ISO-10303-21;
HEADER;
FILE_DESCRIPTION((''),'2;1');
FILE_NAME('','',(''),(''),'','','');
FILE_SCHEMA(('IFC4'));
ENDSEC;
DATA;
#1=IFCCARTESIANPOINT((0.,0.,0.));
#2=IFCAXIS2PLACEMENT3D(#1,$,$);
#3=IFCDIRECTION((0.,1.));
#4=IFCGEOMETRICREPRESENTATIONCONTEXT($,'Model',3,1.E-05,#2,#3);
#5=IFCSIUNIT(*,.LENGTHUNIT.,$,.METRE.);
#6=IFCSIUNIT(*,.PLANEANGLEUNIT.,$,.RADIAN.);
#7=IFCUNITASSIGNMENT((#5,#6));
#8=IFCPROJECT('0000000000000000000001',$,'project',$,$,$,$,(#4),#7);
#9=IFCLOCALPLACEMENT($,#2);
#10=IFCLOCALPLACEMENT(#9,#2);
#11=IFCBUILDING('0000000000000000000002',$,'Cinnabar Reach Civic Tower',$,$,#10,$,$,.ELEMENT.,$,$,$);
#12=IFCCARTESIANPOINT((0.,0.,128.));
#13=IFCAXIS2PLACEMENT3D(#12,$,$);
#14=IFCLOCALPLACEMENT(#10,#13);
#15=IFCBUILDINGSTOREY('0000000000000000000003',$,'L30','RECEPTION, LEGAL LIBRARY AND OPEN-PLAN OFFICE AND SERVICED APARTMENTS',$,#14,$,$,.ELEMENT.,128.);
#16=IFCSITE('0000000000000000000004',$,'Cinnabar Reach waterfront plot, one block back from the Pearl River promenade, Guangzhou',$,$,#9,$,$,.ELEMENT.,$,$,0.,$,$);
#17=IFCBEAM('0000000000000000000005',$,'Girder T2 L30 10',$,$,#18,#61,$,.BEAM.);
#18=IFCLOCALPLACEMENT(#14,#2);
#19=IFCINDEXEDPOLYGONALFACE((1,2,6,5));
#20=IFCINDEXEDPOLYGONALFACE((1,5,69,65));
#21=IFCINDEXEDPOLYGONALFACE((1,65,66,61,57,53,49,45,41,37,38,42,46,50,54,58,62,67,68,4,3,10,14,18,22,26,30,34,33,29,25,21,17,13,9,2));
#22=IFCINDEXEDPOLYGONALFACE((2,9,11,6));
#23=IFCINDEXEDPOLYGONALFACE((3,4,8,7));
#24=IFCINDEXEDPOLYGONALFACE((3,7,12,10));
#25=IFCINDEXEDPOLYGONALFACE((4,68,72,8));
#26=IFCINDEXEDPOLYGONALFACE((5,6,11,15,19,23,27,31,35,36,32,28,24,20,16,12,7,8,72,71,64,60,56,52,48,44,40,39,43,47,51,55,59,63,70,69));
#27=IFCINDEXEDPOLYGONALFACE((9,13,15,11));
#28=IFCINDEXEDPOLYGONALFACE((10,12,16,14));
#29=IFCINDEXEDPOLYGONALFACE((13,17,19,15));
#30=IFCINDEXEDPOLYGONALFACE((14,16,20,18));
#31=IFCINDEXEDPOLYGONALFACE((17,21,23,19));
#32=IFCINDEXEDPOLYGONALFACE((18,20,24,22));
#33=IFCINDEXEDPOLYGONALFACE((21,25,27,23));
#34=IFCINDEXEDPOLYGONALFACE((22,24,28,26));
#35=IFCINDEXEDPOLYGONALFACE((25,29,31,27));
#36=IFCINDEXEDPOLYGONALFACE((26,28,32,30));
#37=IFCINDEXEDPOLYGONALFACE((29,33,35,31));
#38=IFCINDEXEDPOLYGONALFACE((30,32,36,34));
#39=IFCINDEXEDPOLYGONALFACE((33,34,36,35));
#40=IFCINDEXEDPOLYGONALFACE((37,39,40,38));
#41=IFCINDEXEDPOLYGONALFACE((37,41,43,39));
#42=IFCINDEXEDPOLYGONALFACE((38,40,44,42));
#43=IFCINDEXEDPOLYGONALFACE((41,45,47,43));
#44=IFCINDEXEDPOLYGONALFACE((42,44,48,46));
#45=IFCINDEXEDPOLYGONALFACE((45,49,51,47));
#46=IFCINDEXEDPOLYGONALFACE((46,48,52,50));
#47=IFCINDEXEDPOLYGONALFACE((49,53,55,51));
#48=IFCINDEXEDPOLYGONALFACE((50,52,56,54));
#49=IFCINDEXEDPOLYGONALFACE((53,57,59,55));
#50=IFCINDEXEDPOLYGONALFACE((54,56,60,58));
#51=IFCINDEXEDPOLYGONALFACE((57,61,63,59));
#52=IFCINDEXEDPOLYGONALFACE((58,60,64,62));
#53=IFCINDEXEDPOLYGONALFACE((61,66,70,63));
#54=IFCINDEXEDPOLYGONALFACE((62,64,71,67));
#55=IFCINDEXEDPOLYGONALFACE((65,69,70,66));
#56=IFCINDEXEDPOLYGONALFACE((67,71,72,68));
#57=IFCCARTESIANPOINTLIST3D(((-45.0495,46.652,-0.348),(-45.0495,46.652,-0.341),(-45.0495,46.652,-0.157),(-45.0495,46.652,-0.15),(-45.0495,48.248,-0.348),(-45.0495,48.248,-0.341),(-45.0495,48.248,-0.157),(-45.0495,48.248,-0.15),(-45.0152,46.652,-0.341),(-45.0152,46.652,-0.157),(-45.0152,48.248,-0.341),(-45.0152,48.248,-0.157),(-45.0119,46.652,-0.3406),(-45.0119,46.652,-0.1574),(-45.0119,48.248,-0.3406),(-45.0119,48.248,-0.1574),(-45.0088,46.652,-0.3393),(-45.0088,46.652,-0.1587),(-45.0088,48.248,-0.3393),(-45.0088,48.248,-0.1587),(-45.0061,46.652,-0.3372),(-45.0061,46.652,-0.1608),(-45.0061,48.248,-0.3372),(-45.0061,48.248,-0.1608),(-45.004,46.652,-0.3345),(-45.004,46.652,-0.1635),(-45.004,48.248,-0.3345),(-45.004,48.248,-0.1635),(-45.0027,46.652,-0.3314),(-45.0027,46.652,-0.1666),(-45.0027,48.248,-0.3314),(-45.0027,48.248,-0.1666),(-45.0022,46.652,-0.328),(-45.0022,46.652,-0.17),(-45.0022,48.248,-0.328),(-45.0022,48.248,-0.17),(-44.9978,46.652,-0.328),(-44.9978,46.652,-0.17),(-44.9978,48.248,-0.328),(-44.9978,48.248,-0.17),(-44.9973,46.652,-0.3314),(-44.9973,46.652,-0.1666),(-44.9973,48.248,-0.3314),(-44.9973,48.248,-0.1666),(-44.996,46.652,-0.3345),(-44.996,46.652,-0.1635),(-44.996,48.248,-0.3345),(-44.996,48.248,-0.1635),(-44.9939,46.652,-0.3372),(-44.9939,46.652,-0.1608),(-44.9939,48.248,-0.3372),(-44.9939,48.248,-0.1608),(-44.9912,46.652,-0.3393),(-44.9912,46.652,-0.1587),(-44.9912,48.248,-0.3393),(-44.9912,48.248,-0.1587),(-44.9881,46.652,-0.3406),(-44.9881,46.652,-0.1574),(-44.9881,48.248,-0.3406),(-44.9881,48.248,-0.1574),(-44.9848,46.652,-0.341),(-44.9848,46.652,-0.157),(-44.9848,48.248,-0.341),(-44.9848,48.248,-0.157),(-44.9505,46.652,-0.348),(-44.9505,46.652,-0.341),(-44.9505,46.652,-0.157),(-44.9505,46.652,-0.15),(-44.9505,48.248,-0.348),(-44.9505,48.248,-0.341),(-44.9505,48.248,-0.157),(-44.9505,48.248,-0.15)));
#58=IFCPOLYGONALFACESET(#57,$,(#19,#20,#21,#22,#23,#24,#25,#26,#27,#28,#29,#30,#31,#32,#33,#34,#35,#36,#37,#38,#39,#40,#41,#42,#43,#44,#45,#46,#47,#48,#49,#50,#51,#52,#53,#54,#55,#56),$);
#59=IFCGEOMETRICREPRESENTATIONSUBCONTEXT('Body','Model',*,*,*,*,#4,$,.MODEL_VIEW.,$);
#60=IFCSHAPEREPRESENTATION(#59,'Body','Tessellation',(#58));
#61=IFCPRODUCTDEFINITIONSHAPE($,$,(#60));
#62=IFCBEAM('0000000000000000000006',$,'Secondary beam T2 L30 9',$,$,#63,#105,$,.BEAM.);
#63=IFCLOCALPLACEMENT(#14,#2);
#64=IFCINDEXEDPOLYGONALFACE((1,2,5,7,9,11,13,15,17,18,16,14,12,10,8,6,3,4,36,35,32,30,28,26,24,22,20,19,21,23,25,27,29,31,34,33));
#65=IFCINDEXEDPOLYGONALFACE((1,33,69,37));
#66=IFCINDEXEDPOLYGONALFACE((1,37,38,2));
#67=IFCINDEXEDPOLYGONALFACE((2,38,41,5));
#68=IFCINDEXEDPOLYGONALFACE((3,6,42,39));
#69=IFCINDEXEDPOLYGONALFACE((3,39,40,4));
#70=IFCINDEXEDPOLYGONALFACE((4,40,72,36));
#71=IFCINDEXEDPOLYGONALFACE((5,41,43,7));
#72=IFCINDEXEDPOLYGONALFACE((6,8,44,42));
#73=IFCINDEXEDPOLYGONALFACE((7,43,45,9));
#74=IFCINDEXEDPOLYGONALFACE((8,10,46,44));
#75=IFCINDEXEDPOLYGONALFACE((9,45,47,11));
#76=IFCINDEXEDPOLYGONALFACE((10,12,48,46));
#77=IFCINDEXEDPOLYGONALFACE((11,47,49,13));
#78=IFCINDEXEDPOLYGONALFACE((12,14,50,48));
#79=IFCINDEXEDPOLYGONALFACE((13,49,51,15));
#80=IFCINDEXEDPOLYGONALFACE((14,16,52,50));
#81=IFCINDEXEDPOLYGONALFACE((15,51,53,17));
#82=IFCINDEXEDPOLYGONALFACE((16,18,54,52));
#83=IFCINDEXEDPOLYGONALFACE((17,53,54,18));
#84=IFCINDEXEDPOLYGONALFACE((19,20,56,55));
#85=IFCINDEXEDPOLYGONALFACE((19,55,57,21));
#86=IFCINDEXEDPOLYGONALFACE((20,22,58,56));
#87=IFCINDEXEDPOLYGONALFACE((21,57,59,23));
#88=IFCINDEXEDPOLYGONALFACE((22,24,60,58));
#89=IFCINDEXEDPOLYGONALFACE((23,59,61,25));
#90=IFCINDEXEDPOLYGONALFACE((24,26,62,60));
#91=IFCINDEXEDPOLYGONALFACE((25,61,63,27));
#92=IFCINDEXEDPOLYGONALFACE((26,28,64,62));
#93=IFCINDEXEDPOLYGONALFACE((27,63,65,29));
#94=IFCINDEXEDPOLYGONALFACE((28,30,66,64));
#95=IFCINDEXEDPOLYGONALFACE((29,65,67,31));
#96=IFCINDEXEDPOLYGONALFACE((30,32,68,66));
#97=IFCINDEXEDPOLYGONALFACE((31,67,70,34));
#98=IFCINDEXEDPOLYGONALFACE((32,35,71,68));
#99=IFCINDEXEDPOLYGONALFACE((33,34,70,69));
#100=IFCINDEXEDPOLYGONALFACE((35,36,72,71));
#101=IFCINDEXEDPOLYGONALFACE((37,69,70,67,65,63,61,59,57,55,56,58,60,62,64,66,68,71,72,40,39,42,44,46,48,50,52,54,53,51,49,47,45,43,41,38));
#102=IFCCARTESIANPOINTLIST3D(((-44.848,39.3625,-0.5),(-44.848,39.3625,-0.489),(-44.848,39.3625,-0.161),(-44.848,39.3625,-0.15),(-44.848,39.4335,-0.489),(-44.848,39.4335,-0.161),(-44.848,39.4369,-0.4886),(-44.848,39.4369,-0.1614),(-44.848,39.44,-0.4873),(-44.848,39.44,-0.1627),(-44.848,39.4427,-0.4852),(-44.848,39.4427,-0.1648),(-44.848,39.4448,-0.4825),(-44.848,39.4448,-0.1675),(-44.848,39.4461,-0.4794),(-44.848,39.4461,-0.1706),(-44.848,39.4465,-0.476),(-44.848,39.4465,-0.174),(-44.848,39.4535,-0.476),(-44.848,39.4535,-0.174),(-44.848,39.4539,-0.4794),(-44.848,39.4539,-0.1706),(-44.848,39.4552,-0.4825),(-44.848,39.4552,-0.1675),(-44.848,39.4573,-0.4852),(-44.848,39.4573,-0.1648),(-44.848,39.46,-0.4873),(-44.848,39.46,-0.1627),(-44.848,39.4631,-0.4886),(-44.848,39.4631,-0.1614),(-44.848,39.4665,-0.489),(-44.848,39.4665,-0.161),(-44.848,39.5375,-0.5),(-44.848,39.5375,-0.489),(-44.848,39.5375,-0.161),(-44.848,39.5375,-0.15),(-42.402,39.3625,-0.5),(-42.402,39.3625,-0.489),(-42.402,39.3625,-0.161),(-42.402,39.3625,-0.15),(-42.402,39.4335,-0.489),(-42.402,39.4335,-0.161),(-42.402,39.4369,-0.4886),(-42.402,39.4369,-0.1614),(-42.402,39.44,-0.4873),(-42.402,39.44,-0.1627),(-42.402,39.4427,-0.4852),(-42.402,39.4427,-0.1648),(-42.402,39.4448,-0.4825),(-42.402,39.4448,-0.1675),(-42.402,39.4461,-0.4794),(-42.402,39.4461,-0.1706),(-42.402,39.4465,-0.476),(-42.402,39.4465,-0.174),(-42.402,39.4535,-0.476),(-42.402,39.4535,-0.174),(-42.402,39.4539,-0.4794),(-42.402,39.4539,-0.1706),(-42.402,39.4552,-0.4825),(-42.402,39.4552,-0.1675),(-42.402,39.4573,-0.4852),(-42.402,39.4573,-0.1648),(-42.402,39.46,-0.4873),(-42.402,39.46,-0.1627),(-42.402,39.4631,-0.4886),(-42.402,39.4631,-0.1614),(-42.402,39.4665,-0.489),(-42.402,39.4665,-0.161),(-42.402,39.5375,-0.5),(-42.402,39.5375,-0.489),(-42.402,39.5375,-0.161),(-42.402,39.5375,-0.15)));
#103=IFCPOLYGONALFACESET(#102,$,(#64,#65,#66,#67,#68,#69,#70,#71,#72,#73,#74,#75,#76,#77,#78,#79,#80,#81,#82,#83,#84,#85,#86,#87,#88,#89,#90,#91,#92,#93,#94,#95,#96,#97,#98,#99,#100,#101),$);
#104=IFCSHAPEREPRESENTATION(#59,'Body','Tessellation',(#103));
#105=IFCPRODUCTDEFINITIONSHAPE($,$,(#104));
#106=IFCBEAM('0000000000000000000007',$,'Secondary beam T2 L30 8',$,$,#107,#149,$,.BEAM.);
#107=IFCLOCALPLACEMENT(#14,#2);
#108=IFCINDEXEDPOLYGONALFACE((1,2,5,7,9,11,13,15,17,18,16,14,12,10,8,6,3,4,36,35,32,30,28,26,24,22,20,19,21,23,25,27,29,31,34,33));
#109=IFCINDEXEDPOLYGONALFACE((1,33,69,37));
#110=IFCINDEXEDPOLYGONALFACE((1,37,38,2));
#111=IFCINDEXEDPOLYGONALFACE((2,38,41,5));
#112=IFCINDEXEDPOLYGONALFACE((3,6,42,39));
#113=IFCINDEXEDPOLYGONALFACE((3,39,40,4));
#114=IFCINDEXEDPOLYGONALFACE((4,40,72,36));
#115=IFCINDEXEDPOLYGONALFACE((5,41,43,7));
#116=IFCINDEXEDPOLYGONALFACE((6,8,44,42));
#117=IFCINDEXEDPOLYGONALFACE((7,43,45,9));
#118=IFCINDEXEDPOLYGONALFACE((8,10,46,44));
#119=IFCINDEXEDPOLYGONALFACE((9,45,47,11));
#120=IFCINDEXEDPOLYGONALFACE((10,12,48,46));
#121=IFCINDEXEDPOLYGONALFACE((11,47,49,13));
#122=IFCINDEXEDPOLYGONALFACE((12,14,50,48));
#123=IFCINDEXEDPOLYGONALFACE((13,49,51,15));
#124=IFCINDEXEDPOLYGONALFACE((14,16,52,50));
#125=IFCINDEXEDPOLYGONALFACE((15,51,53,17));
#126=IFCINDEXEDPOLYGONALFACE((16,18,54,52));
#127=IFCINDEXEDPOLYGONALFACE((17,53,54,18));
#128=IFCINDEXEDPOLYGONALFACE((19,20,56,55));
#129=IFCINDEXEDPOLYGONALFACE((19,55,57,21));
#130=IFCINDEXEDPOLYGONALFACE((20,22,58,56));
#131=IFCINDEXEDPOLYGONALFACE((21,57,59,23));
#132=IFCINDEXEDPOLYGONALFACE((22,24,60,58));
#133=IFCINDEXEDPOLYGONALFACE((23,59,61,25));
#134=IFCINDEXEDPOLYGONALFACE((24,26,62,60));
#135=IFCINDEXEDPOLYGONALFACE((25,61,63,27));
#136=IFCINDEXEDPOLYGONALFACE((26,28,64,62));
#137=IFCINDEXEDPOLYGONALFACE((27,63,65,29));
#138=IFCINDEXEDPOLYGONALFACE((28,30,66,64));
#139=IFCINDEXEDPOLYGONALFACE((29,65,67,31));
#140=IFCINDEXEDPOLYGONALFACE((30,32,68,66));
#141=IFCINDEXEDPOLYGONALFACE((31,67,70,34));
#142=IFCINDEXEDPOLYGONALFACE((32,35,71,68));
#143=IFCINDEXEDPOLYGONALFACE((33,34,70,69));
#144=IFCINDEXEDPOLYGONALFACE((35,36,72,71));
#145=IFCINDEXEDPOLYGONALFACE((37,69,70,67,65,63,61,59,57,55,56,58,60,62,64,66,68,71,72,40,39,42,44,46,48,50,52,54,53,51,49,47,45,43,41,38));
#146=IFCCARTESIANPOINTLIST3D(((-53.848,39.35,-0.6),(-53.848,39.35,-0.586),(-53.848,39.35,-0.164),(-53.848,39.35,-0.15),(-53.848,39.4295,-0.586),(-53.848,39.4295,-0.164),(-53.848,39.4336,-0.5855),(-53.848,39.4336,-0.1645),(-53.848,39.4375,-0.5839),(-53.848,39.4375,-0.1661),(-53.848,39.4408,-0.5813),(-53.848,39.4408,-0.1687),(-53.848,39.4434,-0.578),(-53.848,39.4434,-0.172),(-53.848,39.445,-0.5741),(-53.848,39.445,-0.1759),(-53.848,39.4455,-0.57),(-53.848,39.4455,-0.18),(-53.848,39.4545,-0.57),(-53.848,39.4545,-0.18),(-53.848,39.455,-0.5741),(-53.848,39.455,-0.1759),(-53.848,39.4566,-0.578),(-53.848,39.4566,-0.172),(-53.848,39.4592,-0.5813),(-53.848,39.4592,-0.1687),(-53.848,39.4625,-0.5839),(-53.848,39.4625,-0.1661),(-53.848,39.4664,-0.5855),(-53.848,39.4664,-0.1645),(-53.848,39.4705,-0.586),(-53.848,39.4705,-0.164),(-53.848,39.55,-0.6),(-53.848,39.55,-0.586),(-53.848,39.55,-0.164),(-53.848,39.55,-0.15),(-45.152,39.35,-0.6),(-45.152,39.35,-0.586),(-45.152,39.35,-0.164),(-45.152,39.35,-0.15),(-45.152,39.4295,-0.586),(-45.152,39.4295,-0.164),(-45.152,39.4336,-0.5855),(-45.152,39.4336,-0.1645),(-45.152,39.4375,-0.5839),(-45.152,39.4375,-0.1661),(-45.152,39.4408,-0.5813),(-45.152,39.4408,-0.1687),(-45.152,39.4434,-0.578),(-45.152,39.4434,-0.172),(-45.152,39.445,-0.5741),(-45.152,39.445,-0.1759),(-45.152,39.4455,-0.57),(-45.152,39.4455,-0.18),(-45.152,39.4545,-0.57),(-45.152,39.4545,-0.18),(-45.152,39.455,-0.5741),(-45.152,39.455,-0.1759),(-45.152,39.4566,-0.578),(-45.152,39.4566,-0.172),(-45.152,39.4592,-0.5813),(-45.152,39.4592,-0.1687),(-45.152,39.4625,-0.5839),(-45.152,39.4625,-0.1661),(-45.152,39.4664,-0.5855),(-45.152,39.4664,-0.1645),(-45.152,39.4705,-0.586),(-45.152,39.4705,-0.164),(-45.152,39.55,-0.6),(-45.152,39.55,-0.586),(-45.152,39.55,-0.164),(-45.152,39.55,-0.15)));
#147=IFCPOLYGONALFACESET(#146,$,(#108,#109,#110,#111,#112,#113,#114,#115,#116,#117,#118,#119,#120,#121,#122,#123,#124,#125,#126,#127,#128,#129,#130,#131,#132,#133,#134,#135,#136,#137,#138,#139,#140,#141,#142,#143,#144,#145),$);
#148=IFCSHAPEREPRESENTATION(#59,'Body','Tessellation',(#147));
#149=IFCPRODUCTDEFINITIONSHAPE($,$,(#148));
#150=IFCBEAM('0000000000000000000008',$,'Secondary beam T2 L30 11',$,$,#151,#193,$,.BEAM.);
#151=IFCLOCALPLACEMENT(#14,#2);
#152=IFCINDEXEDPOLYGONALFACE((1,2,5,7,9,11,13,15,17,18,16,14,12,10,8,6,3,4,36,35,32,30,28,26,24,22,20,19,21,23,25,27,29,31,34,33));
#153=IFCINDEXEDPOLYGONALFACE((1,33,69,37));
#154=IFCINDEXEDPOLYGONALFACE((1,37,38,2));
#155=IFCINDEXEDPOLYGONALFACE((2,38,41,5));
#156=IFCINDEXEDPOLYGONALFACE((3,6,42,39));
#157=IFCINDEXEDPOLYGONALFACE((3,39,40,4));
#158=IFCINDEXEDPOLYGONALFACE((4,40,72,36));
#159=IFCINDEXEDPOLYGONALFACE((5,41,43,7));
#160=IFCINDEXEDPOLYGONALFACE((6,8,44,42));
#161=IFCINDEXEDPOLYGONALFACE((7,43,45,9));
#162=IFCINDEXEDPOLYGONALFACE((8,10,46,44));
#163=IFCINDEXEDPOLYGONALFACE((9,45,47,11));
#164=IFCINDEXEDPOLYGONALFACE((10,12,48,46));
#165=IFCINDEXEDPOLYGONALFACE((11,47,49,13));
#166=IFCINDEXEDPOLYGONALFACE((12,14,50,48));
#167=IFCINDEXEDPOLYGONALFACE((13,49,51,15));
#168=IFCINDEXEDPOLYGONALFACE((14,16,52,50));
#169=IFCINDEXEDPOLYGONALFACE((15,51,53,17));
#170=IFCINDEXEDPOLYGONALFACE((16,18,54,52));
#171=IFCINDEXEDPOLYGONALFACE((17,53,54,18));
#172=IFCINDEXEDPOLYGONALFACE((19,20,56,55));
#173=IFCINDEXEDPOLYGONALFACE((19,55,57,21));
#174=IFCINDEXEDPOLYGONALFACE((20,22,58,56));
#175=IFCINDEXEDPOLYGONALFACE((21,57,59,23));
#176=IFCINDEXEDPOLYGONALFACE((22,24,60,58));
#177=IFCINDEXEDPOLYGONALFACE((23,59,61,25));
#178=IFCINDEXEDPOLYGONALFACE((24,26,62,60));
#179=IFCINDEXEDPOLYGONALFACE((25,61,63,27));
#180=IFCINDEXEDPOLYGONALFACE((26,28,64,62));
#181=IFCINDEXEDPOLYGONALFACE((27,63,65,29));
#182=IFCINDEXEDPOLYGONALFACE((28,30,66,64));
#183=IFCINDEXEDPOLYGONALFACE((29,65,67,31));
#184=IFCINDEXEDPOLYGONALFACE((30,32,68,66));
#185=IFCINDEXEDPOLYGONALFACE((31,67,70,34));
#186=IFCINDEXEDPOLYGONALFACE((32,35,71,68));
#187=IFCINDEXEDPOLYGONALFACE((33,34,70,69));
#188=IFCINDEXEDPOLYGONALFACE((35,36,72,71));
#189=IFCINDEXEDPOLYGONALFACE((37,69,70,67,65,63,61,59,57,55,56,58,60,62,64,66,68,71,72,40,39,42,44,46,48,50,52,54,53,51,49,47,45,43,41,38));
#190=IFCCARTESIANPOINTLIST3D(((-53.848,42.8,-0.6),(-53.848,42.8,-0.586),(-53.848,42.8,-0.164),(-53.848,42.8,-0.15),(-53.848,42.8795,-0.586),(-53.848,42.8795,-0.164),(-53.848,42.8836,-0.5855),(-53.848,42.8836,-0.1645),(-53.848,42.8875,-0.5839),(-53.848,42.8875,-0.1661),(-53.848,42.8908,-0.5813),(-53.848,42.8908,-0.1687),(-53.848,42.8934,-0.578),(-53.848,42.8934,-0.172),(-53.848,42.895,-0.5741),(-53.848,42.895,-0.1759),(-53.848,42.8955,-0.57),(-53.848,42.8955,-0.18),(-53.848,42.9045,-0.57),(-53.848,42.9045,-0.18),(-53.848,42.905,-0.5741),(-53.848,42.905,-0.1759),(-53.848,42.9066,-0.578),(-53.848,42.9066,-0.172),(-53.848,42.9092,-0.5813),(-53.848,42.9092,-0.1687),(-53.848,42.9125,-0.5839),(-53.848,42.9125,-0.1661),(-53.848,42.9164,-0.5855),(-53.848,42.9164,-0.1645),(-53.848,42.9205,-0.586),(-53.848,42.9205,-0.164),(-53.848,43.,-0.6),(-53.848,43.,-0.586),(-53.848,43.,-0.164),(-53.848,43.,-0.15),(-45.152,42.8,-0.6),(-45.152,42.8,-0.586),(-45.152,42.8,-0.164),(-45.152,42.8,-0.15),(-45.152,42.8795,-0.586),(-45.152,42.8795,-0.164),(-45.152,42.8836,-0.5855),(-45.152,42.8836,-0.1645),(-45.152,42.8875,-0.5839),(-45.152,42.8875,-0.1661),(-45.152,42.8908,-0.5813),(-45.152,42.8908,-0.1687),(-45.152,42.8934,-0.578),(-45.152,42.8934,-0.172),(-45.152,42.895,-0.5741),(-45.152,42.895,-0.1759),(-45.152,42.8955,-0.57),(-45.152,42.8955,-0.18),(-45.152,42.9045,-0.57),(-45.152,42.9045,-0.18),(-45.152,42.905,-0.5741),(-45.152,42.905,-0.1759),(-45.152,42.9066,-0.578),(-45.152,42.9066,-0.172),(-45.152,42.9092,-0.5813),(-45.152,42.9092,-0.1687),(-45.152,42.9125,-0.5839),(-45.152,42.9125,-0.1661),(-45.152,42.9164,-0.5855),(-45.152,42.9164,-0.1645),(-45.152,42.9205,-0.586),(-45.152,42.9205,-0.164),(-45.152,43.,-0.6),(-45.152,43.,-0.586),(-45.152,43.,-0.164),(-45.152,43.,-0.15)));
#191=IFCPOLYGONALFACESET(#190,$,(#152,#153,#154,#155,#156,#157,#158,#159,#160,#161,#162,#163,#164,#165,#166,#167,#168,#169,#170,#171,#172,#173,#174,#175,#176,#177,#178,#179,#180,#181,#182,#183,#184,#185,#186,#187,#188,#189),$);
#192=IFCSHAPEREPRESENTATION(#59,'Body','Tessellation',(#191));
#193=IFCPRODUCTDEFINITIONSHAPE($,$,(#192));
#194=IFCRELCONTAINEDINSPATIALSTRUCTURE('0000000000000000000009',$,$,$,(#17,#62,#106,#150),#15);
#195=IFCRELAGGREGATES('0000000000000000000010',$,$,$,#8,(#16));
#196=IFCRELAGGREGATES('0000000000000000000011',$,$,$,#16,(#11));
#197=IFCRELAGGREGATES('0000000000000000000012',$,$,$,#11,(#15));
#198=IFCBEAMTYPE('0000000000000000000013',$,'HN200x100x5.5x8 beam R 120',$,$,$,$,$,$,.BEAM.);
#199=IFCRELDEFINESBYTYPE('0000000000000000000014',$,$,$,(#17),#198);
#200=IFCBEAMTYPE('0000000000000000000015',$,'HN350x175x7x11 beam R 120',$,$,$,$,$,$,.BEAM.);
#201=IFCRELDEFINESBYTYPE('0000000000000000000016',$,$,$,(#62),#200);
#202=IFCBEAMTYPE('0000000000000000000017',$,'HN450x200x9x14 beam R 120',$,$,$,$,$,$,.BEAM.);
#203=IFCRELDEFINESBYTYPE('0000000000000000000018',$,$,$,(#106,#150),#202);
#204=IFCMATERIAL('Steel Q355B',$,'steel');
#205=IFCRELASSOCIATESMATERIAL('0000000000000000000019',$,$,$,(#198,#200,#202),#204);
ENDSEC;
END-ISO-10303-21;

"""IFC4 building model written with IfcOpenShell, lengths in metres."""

from ifc_helpers import new_model, si_unit, direction, frame, origin, origin_2d, place, context, subcontext, project, spatial, i_section, extrude, material, material_profile, profile_set, type_object, element, save


model = new_model("IFC4")

# Units and contexts
model_context = context("Model", 3, precision=1e-05, world=origin(), true_north=direction((0.0, 1.0)))
body_context = subcontext(model_context, "Body", "Model", "MODEL_VIEW")
ifc_project = project(units=[si_unit("LENGTHUNIT", "METRE"), si_unit("PLANEANGLEUNIT", "RADIAN")], contexts=[model_context])

# Site, building, storey
site_placement = place(None, origin())
site = spatial("IfcSite", under=ifc_project, at=site_placement, Name="Cinnabar Reach waterfront plot, one block back from the Pearl River promenade, Guangzhou", CompositionType="ELEMENT", RefElevation=0.0)
building_placement = place(site_placement, origin())
building = spatial("IfcBuilding", under=site, at=building_placement, Name="Cinnabar Reach Civic Tower", CompositionType="ELEMENT")
storey_placement = place(building_placement, frame((0.0, 0.0, 128.0)))
storey = spatial("IfcBuildingStorey", under=building, at=storey_placement, Name="L30", Description="RECEPTION, LEGAL LIBRARY AND OPEN-PLAN OFFICE AND SERVICED APARTMENTS", CompositionType="ELEMENT", Elevation=128.0)

# Beams
ifc_material_1 = material(Name="Steel Q355B", Category="steel")
ifc_material_profile_1 = material_profile(ifc_material_1, i_section(OverallWidth=0.099, OverallDepth=0.198, WebThickness=0.0045, FlangeThickness=0.007, FilletRadius=0.013, at=origin_2d()), Name="HN200x100x5.5x8")
ifc_profile_set_1 = profile_set([ifc_material_profile_1], Name="Steel Q355B")
beam_type_1 = type_object("IfcBeamType", Name="HN200x100x5.5x8 beam R 120", PredefinedType="BEAM", material=ifc_profile_set_1)
beam_1_placement = place(storey_placement, frame((-45.0, 46.652, -0.249), z_axis=(0.0, 1.0, 0.0), x_axis=(-1.0, 0.0, 0.0)))
element("IfcBeam", 1, at=beam_1_placement, inside=storey, type_object=beam_type_1, Name="Girder T2 L30 10", PredefinedType="BEAM", context=body_context, shape_type="SweptSolid", body=[
    extrude(i_section(OverallWidth=0.099, OverallDepth=0.198, WebThickness=0.0045, FlangeThickness=0.007, FilletRadius=0.013, at=origin_2d()), origin(), (0.0, 0.0, 1.0), 1.596),
])
ifc_material_profile_2 = material_profile(ifc_material_1, i_section(OverallWidth=0.175, OverallDepth=0.35, WebThickness=0.007, FlangeThickness=0.011, FilletRadius=0.013, at=origin_2d()), Name="HN350x175x7x11")
ifc_profile_set_2 = profile_set([ifc_material_profile_2], Name="Steel Q355B")
beam_type_2 = type_object("IfcBeamType", Name="HN350x175x7x11 beam R 120", PredefinedType="BEAM", material=ifc_profile_set_2)
beam_2_placement = place(storey_placement, frame((-44.848, 39.45, -0.325), z_axis=(1.0, 0.0, 0.0), x_axis=(0.0, 1.0, 0.0)))
element("IfcBeam", 2, at=beam_2_placement, inside=storey, type_object=beam_type_2, Name="Secondary beam T2 L30 9", PredefinedType="BEAM", context=body_context, shape_type="SweptSolid", body=[
    extrude(i_section(OverallWidth=0.175, OverallDepth=0.35, WebThickness=0.007, FlangeThickness=0.011, FilletRadius=0.013, at=origin_2d()), origin(), (0.0, 0.0, 1.0), 2.446),
])
ifc_material_profile_3 = material_profile(ifc_material_1, i_section(OverallWidth=0.2, OverallDepth=0.45, WebThickness=0.009, FlangeThickness=0.014, FilletRadius=0.016, at=origin_2d()), Name="HN450x200x9x14")
ifc_profile_set_3 = profile_set([ifc_material_profile_3], Name="Steel Q355B")
beam_type_3 = type_object("IfcBeamType", Name="HN450x200x9x14 beam R 120", PredefinedType="BEAM", material=ifc_profile_set_3)
for number, where, z_axis, x_axis, name in (
    (3, (-53.848, 39.45, -0.375), (1.0, 0.0, 0.0), (0.0, 1.0, 0.0), "Secondary beam T2 L30 8"),
    (4, (-53.848, 42.9, -0.375), (1.0, 0.0, 0.0), (0.0, 1.0, 0.0), "Secondary beam T2 L30 11"),
):
    element("IfcBeam", number, at=place(storey_placement, frame(where, z_axis=z_axis, x_axis=x_axis)), inside=storey, type_object=beam_type_3, Name=name, PredefinedType="BEAM", context=body_context, shape_type="SweptSolid", body=[
        extrude(i_section(OverallWidth=0.2, OverallDepth=0.45, WebThickness=0.009, FlangeThickness=0.014, FilletRadius=0.016, at=origin_2d()), origin(), (0.0, 0.0, 1.0), 8.696),
    ])

save(model, "model.ifc")
